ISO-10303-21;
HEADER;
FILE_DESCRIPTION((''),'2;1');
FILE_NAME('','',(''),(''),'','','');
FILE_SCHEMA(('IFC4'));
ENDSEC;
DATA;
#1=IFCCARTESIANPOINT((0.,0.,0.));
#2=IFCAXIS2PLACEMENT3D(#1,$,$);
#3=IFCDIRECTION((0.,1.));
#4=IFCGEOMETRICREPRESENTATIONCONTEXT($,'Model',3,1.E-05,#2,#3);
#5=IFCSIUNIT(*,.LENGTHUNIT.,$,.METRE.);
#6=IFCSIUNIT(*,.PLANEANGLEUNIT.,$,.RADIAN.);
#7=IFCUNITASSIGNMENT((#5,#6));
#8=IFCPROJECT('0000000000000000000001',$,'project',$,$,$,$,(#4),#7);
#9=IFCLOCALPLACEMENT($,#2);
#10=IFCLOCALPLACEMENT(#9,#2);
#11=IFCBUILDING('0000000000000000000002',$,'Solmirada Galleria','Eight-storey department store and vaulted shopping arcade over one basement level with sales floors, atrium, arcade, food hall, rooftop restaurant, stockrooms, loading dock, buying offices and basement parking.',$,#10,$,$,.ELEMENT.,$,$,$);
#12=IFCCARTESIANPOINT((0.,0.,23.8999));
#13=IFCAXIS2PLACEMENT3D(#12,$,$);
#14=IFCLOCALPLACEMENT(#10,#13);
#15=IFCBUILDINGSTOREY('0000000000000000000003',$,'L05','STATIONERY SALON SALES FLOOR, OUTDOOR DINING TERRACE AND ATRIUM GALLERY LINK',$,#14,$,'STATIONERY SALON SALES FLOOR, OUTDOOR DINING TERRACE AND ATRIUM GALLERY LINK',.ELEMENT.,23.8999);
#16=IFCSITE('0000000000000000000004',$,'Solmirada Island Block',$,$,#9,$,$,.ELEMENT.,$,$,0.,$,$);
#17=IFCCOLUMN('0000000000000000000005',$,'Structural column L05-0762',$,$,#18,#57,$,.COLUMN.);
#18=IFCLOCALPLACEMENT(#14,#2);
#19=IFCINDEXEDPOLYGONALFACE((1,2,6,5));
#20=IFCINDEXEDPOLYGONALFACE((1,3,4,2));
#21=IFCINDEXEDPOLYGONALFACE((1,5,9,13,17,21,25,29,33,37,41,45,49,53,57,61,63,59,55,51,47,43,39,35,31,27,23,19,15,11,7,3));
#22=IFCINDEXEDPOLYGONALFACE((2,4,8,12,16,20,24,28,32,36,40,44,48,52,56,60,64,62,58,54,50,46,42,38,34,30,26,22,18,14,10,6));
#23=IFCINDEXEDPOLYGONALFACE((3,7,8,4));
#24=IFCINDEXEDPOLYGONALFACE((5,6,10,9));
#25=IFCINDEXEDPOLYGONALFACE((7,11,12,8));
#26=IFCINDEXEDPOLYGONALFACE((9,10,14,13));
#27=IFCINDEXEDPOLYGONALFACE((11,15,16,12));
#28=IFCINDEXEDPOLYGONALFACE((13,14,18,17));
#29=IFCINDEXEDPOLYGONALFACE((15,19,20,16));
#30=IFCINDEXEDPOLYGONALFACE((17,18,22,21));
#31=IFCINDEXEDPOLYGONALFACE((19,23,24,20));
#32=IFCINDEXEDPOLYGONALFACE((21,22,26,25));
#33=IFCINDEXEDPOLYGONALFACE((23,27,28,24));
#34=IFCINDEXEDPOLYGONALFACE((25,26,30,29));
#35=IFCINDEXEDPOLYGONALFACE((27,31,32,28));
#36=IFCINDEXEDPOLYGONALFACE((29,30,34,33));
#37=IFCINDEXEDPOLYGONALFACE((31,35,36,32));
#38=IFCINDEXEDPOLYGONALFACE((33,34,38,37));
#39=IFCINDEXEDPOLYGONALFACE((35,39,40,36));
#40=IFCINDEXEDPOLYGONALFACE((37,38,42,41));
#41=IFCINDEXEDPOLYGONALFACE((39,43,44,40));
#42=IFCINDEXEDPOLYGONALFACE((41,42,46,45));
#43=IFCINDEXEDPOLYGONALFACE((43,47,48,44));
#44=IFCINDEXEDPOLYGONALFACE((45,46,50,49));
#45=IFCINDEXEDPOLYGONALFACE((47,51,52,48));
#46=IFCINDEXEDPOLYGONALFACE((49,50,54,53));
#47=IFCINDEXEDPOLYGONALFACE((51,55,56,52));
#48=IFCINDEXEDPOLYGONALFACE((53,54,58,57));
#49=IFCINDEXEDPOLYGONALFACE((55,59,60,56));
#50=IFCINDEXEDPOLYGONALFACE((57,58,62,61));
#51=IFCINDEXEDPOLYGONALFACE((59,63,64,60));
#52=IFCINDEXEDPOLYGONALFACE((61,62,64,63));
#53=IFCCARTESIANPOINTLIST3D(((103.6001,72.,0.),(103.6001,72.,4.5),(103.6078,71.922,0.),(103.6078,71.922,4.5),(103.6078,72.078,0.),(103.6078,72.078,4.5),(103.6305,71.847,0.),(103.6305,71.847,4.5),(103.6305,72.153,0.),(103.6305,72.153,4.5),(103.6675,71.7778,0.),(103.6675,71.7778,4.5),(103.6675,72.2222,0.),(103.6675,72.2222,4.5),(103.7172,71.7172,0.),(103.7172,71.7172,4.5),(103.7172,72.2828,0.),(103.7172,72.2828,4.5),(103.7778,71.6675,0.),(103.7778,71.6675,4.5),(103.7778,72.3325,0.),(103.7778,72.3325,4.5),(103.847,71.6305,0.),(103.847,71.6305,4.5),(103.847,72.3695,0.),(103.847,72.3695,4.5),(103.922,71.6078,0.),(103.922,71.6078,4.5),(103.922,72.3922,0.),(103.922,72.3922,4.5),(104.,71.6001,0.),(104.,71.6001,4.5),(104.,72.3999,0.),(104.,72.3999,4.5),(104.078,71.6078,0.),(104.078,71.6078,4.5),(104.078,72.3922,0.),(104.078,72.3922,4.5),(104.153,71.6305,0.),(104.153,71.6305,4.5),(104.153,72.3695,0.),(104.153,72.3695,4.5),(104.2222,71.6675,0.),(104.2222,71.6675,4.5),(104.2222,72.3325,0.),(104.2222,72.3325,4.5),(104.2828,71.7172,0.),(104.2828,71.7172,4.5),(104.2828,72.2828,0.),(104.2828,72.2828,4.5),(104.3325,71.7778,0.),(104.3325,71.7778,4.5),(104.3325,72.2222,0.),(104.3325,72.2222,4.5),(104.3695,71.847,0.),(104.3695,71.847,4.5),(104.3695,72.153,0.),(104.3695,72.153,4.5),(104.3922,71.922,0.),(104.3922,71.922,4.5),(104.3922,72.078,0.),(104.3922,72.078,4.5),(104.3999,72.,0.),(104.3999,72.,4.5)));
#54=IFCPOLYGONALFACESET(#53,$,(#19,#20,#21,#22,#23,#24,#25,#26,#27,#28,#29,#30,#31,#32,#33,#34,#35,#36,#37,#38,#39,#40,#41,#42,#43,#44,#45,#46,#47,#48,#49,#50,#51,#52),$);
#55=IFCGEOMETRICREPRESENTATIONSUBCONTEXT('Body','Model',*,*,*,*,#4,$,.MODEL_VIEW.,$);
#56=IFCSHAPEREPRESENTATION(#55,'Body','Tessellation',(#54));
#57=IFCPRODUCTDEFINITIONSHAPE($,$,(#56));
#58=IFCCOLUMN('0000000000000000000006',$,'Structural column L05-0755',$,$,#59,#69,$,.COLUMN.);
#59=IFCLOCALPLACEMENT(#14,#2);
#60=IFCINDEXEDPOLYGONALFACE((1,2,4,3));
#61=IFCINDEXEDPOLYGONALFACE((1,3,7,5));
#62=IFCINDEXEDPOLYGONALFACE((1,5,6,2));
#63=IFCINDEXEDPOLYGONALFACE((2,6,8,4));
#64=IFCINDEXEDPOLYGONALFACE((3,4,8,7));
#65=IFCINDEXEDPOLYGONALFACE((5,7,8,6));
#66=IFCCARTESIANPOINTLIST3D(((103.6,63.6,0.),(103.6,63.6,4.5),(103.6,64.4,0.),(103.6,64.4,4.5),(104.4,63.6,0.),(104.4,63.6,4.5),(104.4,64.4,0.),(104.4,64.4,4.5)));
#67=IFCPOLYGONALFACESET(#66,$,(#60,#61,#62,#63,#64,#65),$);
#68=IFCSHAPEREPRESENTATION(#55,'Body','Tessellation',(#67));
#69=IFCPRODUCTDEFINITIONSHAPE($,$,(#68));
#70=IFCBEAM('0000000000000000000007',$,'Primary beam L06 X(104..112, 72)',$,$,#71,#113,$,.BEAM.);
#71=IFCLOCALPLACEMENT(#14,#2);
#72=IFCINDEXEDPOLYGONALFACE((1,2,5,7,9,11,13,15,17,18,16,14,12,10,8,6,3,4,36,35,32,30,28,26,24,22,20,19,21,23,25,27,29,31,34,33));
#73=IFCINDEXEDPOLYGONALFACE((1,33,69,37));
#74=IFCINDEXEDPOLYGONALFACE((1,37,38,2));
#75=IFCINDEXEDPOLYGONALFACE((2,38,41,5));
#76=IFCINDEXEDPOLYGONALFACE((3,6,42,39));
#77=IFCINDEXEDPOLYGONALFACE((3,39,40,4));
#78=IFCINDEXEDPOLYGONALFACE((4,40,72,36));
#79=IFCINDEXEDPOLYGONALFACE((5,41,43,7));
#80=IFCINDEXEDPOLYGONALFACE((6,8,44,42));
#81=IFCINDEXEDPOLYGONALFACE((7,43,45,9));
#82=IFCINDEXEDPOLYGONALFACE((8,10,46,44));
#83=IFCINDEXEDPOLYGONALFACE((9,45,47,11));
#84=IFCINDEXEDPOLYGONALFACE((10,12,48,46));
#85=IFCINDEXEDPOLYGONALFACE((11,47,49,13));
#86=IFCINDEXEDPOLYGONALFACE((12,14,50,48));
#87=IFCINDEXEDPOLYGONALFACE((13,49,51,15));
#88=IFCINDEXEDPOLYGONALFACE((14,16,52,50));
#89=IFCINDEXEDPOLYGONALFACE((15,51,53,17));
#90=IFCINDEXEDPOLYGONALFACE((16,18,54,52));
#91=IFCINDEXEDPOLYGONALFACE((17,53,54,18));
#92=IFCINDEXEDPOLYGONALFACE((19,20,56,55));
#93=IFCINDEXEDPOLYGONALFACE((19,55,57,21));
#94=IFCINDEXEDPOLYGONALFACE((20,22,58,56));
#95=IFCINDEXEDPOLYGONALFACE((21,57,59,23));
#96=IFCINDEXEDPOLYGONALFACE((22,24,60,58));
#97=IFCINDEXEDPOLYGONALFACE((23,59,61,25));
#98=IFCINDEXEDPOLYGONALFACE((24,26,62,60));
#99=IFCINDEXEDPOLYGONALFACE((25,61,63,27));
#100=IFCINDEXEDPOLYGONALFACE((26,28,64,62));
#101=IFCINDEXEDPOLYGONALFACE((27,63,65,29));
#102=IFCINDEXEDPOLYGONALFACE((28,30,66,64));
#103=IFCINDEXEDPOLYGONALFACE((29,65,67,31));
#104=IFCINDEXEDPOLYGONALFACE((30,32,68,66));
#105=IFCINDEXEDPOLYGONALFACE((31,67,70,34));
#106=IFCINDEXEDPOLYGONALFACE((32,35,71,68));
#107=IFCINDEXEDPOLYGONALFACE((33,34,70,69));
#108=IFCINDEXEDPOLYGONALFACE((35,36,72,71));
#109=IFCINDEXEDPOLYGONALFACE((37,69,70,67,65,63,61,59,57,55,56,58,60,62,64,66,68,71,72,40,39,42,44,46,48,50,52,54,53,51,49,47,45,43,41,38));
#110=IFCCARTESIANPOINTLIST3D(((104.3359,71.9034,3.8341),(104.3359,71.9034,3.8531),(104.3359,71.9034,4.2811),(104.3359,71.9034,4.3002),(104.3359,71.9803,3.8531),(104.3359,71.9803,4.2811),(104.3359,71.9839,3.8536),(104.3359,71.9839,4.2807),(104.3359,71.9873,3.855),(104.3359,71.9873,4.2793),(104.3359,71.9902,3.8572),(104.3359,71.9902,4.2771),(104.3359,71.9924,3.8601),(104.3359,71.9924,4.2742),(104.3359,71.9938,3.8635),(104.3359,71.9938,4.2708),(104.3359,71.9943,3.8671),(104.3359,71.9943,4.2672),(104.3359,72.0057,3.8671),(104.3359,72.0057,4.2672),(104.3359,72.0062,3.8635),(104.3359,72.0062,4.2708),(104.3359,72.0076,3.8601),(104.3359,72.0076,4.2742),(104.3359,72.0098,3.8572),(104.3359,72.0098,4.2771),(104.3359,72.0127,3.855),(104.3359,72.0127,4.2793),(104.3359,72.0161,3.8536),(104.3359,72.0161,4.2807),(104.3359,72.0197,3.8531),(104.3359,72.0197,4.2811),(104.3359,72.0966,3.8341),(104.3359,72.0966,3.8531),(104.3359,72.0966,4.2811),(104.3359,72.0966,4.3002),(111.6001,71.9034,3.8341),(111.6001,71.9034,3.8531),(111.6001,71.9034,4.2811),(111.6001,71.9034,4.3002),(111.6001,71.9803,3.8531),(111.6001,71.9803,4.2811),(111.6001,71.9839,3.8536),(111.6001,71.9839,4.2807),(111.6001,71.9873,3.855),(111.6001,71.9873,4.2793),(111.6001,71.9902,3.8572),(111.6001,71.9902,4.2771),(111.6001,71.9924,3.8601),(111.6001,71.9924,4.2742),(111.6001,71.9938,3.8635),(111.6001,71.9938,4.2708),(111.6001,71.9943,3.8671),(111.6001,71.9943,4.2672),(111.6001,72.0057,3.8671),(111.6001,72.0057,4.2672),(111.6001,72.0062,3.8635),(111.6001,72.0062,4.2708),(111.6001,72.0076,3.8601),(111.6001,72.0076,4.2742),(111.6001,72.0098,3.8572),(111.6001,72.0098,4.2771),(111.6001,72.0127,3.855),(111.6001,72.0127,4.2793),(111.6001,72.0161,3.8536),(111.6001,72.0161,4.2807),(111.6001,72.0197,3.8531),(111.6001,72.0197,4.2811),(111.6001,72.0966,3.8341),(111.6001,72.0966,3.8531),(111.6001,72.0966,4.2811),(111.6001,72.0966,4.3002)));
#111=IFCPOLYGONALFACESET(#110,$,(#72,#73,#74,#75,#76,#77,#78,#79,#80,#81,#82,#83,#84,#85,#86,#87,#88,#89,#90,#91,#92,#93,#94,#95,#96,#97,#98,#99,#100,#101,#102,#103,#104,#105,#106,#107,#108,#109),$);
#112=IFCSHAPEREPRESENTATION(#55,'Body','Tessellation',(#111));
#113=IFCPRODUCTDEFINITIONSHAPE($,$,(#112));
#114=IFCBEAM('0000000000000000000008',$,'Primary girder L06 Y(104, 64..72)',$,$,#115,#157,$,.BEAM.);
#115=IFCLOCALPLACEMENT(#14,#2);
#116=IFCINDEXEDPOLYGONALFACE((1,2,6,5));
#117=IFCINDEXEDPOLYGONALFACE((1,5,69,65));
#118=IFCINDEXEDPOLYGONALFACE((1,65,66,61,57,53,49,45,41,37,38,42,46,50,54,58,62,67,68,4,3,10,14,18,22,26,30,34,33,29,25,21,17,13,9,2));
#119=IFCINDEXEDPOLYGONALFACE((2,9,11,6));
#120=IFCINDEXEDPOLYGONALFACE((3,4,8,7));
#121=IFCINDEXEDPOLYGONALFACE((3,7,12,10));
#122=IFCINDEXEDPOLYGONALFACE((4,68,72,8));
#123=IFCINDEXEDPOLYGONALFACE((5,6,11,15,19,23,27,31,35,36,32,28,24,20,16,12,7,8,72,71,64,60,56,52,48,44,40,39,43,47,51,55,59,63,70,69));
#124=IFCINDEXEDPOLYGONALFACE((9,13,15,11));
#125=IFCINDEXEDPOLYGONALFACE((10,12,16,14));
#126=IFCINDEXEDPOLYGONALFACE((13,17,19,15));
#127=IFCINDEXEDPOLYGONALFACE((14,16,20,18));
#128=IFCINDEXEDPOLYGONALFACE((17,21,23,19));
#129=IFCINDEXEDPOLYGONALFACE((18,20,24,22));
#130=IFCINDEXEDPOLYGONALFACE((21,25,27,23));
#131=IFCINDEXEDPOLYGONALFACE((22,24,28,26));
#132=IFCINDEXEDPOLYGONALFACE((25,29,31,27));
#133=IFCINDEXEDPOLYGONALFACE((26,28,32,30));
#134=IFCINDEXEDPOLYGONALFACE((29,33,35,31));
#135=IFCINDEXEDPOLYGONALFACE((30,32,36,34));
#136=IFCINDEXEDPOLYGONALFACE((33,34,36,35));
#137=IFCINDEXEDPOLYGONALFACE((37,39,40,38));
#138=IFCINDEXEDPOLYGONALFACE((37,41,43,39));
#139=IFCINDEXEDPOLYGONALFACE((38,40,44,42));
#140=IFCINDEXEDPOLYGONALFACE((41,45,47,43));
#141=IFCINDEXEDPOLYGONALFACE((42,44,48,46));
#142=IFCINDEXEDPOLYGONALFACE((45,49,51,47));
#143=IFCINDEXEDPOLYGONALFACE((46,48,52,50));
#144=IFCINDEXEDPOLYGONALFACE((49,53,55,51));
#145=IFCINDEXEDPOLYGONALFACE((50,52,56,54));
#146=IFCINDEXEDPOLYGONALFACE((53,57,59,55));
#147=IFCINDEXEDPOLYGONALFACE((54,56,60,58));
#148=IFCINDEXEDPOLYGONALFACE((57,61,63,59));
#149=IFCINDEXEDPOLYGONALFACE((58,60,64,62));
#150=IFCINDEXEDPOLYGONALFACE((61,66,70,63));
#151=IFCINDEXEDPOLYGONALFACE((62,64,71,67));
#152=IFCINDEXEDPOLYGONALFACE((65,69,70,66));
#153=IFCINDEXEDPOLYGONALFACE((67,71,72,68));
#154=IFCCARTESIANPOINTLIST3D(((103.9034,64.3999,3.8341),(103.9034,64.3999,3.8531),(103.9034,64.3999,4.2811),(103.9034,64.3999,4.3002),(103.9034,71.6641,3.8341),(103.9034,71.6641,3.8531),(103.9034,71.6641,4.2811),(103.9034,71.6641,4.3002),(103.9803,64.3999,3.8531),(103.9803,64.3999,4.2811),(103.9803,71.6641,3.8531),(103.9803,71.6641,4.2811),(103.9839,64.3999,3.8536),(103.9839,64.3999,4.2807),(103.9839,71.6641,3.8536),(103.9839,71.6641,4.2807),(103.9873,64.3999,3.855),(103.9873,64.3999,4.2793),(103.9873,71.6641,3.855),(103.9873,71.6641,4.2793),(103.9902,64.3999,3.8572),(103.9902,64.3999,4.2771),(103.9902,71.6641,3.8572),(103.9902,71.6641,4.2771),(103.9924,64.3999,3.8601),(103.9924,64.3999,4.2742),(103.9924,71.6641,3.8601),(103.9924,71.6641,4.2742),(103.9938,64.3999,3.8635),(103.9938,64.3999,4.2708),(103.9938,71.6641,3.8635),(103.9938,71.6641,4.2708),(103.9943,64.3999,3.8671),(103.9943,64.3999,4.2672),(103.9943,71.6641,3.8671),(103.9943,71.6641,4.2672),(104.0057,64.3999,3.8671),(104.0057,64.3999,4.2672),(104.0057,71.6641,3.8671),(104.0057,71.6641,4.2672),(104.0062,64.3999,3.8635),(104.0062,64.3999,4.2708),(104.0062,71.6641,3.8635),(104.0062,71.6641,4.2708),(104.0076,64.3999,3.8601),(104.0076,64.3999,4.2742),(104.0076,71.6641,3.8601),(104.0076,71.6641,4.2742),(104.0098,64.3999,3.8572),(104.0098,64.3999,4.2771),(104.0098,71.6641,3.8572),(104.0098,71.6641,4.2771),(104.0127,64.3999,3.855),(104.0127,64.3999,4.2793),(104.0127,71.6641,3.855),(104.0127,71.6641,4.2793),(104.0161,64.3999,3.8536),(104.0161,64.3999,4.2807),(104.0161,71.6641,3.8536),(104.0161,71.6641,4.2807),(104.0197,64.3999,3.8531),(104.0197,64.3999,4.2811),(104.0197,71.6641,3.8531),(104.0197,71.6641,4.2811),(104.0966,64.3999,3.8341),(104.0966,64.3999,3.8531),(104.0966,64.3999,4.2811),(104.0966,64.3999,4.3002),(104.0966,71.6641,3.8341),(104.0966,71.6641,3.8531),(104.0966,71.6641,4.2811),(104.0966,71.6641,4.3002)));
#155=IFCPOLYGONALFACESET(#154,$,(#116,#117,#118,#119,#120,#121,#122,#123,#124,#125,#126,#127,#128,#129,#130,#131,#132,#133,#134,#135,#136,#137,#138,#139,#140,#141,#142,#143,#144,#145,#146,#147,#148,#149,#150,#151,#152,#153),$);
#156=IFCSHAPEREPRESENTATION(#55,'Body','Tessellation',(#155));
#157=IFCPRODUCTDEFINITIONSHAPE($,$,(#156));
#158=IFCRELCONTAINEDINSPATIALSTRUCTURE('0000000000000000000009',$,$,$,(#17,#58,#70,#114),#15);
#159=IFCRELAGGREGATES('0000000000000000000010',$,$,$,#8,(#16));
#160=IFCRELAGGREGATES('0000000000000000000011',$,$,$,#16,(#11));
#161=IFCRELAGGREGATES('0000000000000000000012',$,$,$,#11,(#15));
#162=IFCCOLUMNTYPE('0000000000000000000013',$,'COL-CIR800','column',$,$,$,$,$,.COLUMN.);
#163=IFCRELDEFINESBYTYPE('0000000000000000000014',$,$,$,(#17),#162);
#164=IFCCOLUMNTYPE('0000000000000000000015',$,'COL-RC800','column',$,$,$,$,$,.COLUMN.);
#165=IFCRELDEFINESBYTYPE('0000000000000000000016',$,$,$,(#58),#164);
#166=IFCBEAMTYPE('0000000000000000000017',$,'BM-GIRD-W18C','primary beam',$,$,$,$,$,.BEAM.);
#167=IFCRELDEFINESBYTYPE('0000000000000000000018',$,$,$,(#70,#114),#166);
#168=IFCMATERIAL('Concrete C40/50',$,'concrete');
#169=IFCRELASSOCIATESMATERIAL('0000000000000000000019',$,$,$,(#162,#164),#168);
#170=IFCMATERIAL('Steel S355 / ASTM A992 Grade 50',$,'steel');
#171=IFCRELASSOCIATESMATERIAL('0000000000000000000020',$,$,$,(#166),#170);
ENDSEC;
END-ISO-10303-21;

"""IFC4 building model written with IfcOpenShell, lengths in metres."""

from ifc_helpers import new_model, si_unit, direction, frame, origin, origin_2d, place, context, subcontext, project, spatial, rectangle, circle, i_section, extrude, material, material_profile, profile_set, type_object, element, save


model = new_model("IFC4")

# Units and contexts
model_context = context("Model", 3, precision=1e-05, world=origin(), true_north=direction((0.0, 1.0)))
body_context = subcontext(model_context, "Body", "Model", "MODEL_VIEW")
ifc_project = project(units=[si_unit("LENGTHUNIT", "METRE"), si_unit("PLANEANGLEUNIT", "RADIAN")], contexts=[model_context])

# Site, building, storey
site_placement = place(None, origin())
site = spatial("IfcSite", under=ifc_project, at=site_placement, Name="Solmirada Island Block", CompositionType="ELEMENT", RefElevation=0.0)
building_placement = place(site_placement, origin())
building = spatial("IfcBuilding", under=site, at=building_placement, Name="Solmirada Galleria", Description="Eight-storey department store and vaulted shopping arcade over one basement level with sales floors, atrium, arcade, food hall, rooftop restaurant, stockrooms, loading dock, buying offices and basement parking.", CompositionType="ELEMENT")
storey_placement = place(building_placement, frame((0.0, 0.0, 23.8999)))
storey = spatial("IfcBuildingStorey", under=building, at=storey_placement, Name="L05", Description="STATIONERY SALON SALES FLOOR, OUTDOOR DINING TERRACE AND ATRIUM GALLERY LINK", LongName="STATIONERY SALON SALES FLOOR, OUTDOOR DINING TERRACE AND ATRIUM GALLERY LINK", CompositionType="ELEMENT", Elevation=23.8999)

# Columns
ifc_material_1 = material(Name="Concrete C40/50", Category="concrete")
ifc_material_profile_1 = material_profile(ifc_material_1, circle(Radius=0.3999, at=origin_2d()), Name="RCCOL800")
ifc_profile_set_1 = profile_set([ifc_material_profile_1], Name="Concrete C40/50")
column_type_1 = type_object("IfcColumnType", Name="COL-CIR800", Description="column", PredefinedType="COLUMN", material=ifc_profile_set_1)
column_1_placement = place(storey_placement, frame((104.0, 72.0, 0.0), z_axis=(0.0, 0.0, 1.0), x_axis=(1.0, 0.0, 0.0)))
element("IfcColumn", 1, at=column_1_placement, inside=storey, type_object=column_type_1, Name="Structural column L05-0762", PredefinedType="COLUMN", context=body_context, shape_type="SweptSolid", body=[
    extrude(circle(Radius=0.3999, at=origin_2d()), origin(), (0.0, 0.0, 1.0), 4.5),
])
ifc_material_profile_2 = material_profile(ifc_material_1, rectangle(XDim=0.8, YDim=0.8, at=origin_2d()), Name="RC800X800")
ifc_profile_set_2 = profile_set([ifc_material_profile_2], Name="Concrete C40/50")
column_type_2 = type_object("IfcColumnType", Name="COL-RC800", Description="column", PredefinedType="COLUMN", material=ifc_profile_set_2)
column_2_placement = place(storey_placement, frame((104.0, 64.0, 0.0), z_axis=(0.0, 0.0, 1.0), x_axis=(1.0, 0.0, 0.0)))
element("IfcColumn", 2, at=column_2_placement, inside=storey, type_object=column_type_2, Name="Structural column L05-0755", PredefinedType="COLUMN", context=body_context, shape_type="SweptSolid", body=[
    extrude(rectangle(XDim=0.8, YDim=0.8, at=origin_2d()), origin(), (0.0, 0.0, 1.0), 4.5),
])

# Beams
ifc_material_2 = material(Name="Steel S355 / ASTM A992 Grade 50", Category="steel")
ifc_material_profile_3 = material_profile(ifc_material_2, i_section(OverallWidth=0.1931, OverallDepth=0.4661, WebThickness=0.0115, FlangeThickness=0.019, FilletRadius=0.0139, at=origin_2d()), Name="W18X65")
ifc_profile_set_3 = profile_set([ifc_material_profile_3], Name="Steel S355 / ASTM A992 Grade 50")
beam_type_1 = type_object("IfcBeamType", Name="BM-GIRD-W18C", Description="primary beam", PredefinedType="BEAM", material=ifc_profile_set_3)
for number, where, z_axis, x_axis, name in (
    (3, (104.3359, 72.0, 4.0671), (1.0, 0.0, 0.0), (0.0, 1.0, 0.0), "Primary beam L06 X(104..112, 72)"),
    (4, (104.0, 64.3999, 4.0671), (0.0, 1.0, 0.0), (-1.0, 0.0, 0.0), "Primary girder L06 Y(104, 64..72)"),
):
    element("IfcBeam", number, at=place(storey_placement, frame(where, z_axis=z_axis, x_axis=x_axis)), inside=storey, type_object=beam_type_1, Name=name, PredefinedType="BEAM", context=body_context, shape_type="SweptSolid", body=[
        extrude(i_section(OverallWidth=0.1931, OverallDepth=0.4661, WebThickness=0.0115, FlangeThickness=0.019, FilletRadius=0.0139, at=origin_2d()), origin(), (0.0, 0.0, 1.0), 7.2642),
    ])

save(model, "model.ifc")
